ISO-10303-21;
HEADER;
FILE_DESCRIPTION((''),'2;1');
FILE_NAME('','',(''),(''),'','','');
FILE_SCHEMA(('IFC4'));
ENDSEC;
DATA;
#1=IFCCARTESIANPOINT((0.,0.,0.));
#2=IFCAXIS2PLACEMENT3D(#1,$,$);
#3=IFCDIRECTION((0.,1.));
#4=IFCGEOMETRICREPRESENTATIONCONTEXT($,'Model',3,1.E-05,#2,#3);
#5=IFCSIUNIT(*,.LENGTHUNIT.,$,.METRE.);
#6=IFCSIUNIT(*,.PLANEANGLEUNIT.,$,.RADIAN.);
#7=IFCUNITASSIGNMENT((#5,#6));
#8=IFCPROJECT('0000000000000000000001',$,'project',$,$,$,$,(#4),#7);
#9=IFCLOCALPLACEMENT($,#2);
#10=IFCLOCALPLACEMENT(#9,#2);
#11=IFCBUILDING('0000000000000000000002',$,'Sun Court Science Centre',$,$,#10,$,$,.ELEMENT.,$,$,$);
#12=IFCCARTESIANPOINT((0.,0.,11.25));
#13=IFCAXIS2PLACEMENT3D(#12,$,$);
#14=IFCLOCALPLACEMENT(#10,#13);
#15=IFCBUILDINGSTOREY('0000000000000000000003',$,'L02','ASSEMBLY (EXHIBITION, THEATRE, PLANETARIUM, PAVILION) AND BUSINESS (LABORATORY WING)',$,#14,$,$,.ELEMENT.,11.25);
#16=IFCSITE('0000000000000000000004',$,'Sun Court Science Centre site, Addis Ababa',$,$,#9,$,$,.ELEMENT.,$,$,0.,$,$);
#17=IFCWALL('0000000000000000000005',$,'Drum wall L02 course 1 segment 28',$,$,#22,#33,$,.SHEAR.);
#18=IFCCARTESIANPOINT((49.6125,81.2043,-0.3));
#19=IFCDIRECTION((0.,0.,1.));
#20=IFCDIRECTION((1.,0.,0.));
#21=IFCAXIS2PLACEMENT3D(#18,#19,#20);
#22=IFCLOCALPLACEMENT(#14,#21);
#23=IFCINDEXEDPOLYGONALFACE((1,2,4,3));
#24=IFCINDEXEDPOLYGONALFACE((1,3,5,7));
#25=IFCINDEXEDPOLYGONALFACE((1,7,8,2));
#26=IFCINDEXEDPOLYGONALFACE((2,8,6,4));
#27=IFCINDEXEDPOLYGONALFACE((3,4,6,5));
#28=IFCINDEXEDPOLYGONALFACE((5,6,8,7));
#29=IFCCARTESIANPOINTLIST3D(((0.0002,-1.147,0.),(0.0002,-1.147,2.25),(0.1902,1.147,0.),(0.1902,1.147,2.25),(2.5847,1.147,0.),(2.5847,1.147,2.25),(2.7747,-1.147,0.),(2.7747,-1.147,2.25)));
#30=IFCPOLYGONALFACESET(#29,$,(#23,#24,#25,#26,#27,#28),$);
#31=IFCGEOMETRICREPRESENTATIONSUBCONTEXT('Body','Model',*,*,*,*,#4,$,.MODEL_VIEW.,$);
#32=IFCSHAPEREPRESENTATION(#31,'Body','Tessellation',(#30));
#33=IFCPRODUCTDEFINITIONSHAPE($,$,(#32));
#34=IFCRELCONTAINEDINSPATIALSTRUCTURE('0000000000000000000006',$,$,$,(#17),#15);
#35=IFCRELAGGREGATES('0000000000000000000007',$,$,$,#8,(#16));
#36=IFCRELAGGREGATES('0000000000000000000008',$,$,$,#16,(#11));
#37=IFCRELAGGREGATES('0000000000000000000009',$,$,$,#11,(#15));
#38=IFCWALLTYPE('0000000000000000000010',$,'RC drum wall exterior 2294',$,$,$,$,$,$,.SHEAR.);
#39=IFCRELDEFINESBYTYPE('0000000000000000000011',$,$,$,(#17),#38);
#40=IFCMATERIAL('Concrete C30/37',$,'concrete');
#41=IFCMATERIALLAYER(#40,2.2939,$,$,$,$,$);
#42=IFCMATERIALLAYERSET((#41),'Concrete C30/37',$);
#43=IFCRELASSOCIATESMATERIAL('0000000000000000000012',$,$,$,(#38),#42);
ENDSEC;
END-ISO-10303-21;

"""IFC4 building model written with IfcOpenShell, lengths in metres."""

from ifc_helpers import new_model, si_unit, direction, frame, origin, place, context, subcontext, project, spatial, polyline, outline, extrude, material, layer, layer_set, type_object, element, save


model = new_model("IFC4")

# Units and contexts
model_context = context("Model", 3, precision=1e-05, world=origin(), true_north=direction((0.0, 1.0)))
body_context = subcontext(model_context, "Body", "Model", "MODEL_VIEW")
ifc_project = project(units=[si_unit("LENGTHUNIT", "METRE"), si_unit("PLANEANGLEUNIT", "RADIAN")], contexts=[model_context])

# Site, building, storey
site_placement = place(None, origin())
site = spatial("IfcSite", under=ifc_project, at=site_placement, Name="Sun Court Science Centre site, Addis Ababa", CompositionType="ELEMENT", RefElevation=0.0)
building_placement = place(site_placement, origin())
building = spatial("IfcBuilding", under=site, at=building_placement, Name="Sun Court Science Centre", CompositionType="ELEMENT")
storey_placement = place(building_placement, frame((0.0, 0.0, 11.25)))
storey = spatial("IfcBuildingStorey", under=building, at=storey_placement, Name="L02", Description="ASSEMBLY (EXHIBITION, THEATRE, PLANETARIUM, PAVILION) AND BUSINESS (LABORATORY WING)", CompositionType="ELEMENT", Elevation=11.25)

# Wall
ifc_material_1 = material(Name="Concrete C30/37", Category="concrete")
ifc_layer_1 = layer(ifc_material_1, 2.2939)
ifc_layer_set_1 = layer_set([ifc_layer_1], Name="Concrete C30/37")
wall_type_1 = type_object("IfcWallType", Name="RC drum wall exterior 2294", PredefinedType="SHEAR", material=ifc_layer_set_1)
wall_1_placement = place(storey_placement, frame((49.6125, 81.2043, -0.3), z_axis=(0.0, 0.0, 1.0), x_axis=(1.0, 0.0, 0.0)))
element("IfcWall", 1, at=wall_1_placement, inside=storey, type_object=wall_type_1, Name="Drum wall L02 course 1 segment 28", PredefinedType="SHEAR", context=body_context, shape_type="SweptSolid", body=[
    extrude(outline(polyline([(0.0002, -1.147), (2.7747, -1.147), (2.5847, 1.147), (0.1902, 1.147), (0.0002, -1.147)])), origin(), (0.0, 0.0, 1.0), 2.25),
])

save(model, "model.ifc")
